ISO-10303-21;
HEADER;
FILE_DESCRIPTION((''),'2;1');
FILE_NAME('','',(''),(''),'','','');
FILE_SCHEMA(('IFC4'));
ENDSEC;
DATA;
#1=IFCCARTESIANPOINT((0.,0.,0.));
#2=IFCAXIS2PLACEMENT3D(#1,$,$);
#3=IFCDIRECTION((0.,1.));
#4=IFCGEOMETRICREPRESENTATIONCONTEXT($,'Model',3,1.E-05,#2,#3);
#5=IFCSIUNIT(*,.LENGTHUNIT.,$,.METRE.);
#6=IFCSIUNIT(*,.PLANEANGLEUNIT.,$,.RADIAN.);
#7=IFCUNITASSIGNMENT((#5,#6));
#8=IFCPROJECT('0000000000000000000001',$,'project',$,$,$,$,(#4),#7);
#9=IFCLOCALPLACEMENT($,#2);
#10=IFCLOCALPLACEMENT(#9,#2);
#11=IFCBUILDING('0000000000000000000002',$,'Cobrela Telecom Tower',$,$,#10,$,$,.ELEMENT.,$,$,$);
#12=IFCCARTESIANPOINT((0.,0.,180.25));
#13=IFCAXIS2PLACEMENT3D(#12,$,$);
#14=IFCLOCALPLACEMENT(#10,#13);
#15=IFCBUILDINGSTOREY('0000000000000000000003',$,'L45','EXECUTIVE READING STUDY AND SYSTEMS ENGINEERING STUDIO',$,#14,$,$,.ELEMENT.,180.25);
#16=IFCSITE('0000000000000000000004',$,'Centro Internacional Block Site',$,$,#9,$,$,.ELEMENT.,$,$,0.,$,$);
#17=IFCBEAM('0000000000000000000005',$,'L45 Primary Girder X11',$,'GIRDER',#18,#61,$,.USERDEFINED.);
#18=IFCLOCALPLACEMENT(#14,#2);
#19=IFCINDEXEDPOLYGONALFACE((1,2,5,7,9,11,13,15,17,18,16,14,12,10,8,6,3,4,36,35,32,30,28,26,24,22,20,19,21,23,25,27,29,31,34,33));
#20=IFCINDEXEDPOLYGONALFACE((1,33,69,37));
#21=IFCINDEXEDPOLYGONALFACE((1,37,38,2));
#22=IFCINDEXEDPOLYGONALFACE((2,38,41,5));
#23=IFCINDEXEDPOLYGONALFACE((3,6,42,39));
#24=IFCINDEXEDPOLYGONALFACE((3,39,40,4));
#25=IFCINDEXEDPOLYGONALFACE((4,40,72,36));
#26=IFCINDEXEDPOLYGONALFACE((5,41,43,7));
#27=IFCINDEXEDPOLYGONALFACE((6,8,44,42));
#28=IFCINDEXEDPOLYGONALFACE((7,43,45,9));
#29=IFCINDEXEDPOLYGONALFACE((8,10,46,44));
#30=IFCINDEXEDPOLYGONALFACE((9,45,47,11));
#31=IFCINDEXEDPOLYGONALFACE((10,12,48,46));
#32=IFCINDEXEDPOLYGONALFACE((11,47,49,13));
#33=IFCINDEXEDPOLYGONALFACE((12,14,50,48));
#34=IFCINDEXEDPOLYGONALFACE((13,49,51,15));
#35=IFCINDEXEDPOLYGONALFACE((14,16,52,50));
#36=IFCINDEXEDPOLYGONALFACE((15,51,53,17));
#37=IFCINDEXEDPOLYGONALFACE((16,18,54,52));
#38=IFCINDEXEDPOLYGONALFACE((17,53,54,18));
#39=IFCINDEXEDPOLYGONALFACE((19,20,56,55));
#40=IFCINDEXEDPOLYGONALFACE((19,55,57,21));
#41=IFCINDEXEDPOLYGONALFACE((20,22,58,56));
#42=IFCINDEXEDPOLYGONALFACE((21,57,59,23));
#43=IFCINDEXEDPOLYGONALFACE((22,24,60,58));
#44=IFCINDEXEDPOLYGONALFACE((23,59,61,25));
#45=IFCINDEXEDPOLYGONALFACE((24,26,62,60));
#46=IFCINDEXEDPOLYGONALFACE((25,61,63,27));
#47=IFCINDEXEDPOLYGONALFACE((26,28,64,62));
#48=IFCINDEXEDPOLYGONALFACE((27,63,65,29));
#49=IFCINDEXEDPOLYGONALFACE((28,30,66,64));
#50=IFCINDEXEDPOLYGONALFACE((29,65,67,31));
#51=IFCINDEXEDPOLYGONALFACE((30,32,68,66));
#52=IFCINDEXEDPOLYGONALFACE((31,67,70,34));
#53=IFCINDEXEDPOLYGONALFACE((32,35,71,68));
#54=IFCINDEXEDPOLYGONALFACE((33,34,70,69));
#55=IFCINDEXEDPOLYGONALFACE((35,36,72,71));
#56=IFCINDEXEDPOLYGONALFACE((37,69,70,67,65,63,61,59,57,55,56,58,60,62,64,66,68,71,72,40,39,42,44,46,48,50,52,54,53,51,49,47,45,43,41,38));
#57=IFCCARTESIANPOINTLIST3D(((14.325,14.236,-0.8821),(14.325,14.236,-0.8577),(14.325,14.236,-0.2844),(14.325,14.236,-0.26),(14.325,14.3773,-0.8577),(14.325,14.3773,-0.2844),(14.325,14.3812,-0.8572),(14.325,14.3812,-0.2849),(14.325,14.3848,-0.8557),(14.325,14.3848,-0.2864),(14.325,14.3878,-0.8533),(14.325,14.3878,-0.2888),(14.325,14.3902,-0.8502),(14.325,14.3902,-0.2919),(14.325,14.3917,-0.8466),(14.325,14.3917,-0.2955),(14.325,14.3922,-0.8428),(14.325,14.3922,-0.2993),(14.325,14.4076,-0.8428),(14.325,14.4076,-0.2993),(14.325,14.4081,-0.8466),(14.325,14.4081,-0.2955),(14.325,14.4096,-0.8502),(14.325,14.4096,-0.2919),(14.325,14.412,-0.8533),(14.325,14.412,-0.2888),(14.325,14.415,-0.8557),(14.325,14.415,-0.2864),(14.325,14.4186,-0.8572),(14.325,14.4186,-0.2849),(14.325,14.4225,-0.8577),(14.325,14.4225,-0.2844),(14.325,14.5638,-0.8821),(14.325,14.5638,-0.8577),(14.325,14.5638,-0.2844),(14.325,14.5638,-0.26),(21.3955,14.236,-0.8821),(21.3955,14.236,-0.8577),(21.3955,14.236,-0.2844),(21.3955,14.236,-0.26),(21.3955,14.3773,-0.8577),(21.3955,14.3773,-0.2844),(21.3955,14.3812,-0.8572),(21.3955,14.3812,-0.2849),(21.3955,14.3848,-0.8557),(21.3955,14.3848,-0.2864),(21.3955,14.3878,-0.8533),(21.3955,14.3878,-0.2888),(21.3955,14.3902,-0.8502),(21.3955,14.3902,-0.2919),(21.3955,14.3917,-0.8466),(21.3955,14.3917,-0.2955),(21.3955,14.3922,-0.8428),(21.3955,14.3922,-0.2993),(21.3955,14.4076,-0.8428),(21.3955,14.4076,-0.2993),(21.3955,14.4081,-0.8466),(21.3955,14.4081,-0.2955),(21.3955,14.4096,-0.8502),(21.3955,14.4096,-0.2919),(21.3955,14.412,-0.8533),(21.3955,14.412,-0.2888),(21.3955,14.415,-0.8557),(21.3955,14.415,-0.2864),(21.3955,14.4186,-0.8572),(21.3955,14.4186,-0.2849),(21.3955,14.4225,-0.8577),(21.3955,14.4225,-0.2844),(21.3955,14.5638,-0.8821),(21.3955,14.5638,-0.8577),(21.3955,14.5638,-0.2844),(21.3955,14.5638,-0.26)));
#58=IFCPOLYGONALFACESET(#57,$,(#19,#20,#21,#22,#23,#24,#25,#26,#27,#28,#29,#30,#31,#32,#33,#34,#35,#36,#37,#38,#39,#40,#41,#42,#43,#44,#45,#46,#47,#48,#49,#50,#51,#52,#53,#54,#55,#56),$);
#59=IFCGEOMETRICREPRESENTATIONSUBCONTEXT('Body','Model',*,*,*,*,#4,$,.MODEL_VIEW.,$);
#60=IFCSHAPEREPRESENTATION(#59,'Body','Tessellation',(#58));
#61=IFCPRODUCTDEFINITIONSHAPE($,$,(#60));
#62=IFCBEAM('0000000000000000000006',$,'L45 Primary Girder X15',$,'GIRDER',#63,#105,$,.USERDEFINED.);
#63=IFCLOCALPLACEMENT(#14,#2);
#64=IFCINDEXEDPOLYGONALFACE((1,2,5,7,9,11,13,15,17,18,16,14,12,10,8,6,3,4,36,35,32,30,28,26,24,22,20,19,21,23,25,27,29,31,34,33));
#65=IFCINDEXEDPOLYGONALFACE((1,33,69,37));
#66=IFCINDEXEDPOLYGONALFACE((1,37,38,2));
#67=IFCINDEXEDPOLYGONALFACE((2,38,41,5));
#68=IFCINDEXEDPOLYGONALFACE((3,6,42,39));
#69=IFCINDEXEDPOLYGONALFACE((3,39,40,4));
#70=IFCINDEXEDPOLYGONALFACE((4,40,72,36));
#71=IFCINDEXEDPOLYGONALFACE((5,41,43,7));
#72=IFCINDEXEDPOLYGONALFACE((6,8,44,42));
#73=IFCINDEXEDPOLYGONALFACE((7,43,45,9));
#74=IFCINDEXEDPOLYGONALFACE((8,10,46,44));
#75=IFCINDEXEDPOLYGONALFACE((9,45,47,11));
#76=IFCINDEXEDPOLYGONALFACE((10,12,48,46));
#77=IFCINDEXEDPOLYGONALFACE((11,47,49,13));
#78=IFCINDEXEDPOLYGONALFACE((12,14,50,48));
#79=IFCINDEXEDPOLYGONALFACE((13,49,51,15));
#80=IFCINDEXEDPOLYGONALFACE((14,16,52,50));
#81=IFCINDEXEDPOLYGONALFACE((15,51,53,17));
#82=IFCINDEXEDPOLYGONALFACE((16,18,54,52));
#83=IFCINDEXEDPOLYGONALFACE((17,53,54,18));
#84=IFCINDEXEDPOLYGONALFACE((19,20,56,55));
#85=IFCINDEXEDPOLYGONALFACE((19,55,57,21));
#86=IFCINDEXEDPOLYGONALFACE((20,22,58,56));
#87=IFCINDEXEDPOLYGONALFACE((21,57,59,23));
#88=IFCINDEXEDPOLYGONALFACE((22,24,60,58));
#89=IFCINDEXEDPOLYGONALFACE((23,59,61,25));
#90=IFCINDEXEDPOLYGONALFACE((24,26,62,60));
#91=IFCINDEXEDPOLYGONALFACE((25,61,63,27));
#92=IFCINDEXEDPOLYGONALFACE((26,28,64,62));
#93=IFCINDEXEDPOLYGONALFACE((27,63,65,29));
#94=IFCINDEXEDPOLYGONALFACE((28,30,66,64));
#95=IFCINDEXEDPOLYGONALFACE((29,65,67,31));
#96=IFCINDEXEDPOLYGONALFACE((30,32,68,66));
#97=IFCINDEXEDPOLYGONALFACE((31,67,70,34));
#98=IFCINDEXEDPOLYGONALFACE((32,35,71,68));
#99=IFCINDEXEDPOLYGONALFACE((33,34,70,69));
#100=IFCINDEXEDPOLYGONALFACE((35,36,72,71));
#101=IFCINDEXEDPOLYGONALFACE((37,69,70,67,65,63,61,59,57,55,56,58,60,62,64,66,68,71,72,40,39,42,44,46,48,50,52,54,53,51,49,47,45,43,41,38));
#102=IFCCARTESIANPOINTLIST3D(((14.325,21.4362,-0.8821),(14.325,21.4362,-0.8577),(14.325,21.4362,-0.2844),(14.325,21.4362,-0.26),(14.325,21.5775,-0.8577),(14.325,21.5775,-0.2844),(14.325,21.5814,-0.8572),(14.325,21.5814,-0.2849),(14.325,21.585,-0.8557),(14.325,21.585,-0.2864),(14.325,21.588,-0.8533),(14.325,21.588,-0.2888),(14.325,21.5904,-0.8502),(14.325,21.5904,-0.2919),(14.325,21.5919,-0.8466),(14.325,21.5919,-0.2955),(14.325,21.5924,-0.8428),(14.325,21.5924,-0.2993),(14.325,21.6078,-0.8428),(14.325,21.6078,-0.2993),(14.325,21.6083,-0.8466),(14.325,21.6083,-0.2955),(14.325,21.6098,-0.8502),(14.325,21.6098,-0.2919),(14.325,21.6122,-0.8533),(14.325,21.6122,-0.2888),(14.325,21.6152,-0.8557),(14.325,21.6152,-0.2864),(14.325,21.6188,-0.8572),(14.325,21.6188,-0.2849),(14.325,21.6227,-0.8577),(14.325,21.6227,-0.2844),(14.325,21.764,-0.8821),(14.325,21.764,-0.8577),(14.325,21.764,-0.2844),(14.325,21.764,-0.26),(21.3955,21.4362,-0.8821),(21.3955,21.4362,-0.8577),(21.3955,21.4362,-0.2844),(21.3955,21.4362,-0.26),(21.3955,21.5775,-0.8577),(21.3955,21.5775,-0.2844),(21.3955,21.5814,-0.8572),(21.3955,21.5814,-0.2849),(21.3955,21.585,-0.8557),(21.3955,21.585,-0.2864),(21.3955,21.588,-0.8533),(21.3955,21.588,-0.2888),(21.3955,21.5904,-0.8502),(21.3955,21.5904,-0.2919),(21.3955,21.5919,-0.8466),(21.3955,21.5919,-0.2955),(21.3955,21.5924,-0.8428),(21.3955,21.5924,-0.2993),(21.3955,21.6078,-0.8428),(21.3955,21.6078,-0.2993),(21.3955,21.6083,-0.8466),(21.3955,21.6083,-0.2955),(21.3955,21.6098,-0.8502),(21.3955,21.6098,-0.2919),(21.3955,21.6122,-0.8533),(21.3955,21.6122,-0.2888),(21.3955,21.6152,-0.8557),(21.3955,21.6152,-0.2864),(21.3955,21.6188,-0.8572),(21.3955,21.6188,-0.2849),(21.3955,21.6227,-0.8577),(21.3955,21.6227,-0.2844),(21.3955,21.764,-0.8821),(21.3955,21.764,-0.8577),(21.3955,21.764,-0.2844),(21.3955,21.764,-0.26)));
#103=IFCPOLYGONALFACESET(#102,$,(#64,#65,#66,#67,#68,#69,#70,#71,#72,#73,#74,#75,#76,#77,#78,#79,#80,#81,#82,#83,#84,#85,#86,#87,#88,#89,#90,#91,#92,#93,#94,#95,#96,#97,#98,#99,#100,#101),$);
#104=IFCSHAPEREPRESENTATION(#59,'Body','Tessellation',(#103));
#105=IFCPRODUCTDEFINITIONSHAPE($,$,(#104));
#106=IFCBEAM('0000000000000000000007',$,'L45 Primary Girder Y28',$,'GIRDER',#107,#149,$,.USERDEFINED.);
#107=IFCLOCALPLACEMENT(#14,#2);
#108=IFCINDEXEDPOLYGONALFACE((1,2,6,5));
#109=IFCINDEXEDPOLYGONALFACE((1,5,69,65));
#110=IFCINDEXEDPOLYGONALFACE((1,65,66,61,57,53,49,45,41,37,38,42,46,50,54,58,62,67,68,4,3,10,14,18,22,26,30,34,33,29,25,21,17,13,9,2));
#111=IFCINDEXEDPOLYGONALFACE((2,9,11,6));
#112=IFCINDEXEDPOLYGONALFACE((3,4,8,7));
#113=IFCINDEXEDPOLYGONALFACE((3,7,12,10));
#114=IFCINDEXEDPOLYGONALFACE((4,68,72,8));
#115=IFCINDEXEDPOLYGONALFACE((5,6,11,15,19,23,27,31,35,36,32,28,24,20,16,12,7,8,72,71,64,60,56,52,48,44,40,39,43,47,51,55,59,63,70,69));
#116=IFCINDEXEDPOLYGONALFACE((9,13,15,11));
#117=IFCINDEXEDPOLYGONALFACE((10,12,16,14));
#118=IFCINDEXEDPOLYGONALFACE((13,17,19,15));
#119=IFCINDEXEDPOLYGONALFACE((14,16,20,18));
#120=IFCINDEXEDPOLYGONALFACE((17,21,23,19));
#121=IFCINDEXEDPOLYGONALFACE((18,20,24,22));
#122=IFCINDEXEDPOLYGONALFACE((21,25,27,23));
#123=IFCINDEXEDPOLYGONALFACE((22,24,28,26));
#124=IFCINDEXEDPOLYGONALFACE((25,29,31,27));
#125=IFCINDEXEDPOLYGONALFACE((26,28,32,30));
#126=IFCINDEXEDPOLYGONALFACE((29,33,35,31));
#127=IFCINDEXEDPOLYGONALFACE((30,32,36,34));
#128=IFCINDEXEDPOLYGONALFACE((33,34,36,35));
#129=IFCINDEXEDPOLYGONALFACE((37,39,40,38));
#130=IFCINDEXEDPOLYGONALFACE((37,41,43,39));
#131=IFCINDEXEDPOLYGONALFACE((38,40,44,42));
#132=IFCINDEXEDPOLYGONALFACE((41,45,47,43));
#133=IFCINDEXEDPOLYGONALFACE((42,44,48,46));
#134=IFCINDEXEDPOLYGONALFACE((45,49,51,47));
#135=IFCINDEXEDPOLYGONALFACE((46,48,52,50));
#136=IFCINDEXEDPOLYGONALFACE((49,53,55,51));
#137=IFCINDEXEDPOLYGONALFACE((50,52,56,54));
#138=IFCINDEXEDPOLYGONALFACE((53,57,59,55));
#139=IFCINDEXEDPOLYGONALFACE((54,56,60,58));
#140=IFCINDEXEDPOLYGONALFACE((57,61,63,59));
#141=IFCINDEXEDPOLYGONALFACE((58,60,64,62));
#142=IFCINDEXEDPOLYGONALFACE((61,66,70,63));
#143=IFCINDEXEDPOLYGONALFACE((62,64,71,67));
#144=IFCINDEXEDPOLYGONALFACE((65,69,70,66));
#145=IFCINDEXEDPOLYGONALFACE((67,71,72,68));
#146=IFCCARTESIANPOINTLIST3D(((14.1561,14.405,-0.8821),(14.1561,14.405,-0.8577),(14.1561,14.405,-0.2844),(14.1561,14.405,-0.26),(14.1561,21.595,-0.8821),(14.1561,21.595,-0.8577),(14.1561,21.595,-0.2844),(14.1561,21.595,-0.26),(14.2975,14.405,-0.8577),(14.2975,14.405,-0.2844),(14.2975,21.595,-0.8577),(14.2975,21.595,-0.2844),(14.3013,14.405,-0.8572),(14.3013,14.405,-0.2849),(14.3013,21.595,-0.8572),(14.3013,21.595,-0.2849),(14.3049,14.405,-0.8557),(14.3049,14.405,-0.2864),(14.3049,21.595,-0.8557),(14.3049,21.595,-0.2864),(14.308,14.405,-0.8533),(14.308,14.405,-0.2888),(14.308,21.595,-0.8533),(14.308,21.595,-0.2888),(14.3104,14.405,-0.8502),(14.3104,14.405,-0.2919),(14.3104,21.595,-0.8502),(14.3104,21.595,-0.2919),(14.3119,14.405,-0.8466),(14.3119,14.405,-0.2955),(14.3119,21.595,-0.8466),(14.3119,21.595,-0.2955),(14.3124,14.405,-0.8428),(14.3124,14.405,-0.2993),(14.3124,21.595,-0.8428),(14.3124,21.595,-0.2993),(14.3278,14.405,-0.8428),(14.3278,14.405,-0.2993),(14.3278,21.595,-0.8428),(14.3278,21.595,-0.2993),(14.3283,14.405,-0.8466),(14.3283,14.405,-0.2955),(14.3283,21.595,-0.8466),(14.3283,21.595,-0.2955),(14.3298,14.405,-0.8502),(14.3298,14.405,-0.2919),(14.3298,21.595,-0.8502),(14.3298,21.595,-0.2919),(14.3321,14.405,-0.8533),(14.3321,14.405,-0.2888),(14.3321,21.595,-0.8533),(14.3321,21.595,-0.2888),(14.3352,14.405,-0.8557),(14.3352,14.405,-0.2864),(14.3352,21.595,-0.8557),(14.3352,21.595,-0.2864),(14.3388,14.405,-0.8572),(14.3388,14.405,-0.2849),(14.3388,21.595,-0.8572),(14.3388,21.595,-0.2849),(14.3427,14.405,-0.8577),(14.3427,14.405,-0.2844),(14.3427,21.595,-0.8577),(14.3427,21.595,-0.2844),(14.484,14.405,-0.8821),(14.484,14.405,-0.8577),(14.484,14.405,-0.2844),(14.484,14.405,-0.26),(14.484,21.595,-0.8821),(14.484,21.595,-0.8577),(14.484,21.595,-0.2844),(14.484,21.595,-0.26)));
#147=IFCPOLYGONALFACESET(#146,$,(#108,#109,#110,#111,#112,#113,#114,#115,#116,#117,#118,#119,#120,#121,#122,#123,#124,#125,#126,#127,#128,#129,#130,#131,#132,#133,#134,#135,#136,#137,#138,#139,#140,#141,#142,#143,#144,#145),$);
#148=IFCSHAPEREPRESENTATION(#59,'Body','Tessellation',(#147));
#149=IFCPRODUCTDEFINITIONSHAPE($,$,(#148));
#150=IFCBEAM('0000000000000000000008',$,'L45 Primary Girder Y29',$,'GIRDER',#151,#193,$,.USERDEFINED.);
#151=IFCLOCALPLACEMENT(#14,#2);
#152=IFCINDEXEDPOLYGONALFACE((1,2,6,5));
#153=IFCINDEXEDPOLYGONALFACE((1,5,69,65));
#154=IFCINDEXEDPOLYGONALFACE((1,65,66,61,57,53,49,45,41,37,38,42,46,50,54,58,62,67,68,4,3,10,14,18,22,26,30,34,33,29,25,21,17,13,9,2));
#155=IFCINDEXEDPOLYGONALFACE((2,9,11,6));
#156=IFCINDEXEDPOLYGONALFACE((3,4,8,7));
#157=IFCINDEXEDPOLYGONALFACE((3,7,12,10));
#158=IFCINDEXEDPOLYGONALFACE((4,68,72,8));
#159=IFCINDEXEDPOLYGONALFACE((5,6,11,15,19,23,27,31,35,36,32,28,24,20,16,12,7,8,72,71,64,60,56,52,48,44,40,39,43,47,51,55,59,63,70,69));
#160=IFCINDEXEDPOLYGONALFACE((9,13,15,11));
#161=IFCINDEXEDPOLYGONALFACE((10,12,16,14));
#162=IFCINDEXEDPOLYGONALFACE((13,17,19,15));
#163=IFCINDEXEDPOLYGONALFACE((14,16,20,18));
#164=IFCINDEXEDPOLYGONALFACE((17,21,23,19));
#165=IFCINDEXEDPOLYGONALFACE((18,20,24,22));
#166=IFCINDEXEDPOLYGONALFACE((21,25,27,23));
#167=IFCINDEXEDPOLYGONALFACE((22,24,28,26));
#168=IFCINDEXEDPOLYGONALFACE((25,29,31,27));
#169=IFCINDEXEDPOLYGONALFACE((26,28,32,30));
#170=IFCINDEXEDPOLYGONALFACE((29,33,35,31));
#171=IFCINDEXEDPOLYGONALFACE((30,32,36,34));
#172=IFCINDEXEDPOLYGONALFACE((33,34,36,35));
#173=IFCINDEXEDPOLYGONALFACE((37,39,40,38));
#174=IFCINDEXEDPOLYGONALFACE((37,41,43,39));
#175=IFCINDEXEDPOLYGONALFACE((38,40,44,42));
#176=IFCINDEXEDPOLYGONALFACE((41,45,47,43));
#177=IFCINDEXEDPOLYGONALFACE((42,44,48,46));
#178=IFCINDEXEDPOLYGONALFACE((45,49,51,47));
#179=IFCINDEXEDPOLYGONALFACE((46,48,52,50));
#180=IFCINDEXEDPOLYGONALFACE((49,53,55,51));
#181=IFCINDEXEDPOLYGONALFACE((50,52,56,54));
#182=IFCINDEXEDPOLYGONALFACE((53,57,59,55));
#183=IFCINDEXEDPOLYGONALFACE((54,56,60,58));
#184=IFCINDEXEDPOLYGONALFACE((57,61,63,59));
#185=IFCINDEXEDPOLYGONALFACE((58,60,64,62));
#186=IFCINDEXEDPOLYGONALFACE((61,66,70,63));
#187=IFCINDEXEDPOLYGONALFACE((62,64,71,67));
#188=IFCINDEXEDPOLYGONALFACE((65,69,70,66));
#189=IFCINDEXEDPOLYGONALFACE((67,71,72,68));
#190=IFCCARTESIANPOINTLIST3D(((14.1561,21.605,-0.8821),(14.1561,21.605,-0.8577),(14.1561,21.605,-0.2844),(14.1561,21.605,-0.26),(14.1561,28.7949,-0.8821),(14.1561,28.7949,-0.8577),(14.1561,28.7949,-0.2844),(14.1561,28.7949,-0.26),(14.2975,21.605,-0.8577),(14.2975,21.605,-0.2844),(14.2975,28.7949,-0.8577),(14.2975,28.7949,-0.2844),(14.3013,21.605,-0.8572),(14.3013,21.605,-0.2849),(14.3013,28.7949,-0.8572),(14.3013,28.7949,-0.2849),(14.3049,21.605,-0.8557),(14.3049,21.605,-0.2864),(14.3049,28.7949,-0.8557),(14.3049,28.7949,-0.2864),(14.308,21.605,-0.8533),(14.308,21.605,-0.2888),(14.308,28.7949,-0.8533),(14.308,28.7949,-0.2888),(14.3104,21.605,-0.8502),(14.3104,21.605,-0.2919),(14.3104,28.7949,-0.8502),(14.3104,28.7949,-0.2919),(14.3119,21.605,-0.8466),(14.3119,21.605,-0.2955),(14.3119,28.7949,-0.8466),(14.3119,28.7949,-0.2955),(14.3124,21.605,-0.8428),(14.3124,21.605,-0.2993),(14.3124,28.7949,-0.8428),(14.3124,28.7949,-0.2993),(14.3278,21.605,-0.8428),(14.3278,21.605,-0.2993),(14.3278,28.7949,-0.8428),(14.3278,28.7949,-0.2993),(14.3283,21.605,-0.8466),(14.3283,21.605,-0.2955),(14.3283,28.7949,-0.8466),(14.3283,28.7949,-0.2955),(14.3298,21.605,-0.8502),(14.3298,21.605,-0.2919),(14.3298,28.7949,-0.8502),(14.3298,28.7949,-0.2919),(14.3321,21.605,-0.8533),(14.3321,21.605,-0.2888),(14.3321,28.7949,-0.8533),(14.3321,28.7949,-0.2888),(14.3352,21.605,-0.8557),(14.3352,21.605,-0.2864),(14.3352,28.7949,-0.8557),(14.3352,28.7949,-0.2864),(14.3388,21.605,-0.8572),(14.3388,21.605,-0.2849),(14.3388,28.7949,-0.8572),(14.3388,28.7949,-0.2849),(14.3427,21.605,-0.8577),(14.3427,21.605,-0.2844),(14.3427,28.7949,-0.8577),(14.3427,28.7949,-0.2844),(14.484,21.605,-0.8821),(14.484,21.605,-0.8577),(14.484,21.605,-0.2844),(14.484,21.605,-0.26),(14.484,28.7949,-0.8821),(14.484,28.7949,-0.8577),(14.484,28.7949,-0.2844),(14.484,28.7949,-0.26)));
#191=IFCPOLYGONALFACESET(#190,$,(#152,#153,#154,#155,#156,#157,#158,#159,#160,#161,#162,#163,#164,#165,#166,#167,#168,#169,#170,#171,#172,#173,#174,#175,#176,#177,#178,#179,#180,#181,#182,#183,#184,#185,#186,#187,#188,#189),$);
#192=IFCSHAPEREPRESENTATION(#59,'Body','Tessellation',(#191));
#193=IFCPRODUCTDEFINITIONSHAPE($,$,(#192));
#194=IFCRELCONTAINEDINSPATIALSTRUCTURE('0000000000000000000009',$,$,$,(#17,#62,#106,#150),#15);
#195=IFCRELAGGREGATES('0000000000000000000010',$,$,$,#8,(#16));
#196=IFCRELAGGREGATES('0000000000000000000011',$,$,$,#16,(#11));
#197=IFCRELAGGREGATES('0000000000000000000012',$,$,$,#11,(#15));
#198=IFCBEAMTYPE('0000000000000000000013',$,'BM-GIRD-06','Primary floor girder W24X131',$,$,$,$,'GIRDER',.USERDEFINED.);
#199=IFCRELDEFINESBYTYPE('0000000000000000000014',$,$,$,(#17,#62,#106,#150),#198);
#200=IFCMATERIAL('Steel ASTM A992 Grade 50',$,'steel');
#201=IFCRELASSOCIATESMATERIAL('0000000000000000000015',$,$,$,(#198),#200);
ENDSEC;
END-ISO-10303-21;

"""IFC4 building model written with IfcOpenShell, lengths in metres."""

from ifc_helpers import new_model, si_unit, direction, frame, origin, origin_2d, place, context, subcontext, project, spatial, i_section, extrude, material, material_profile, profile_set, type_object, element, save


model = new_model("IFC4")

# Units and contexts
model_context = context("Model", 3, precision=1e-05, world=origin(), true_north=direction((0.0, 1.0)))
body_context = subcontext(model_context, "Body", "Model", "MODEL_VIEW")
ifc_project = project(units=[si_unit("LENGTHUNIT", "METRE"), si_unit("PLANEANGLEUNIT", "RADIAN")], contexts=[model_context])

# Site, building, storey
site_placement = place(None, origin())
site = spatial("IfcSite", under=ifc_project, at=site_placement, Name="Centro Internacional Block Site", CompositionType="ELEMENT", RefElevation=0.0)
building_placement = place(site_placement, origin())
building = spatial("IfcBuilding", under=site, at=building_placement, Name="Cobrela Telecom Tower", CompositionType="ELEMENT")
storey_placement = place(building_placement, frame((0.0, 0.0, 180.25)))
storey = spatial("IfcBuildingStorey", under=building, at=storey_placement, Name="L45", Description="EXECUTIVE READING STUDY AND SYSTEMS ENGINEERING STUDIO", CompositionType="ELEMENT", Elevation=180.25)

# Beams
ifc_material_1 = material(Name="Steel ASTM A992 Grade 50", Category="steel")
ifc_material_profile_1 = material_profile(ifc_material_1, i_section(OverallWidth=0.3279, OverallDepth=0.6221, WebThickness=0.0154, FlangeThickness=0.0244, FilletRadius=0.0149, at=origin_2d()), Name="W24X131")
ifc_profile_set_1 = profile_set([ifc_material_profile_1], Name="Steel ASTM A992 Grade 50")
beam_type_1 = type_object("IfcBeamType", Name="BM-GIRD-06", Description="Primary floor girder W24X131", ElementType="GIRDER", PredefinedType="USERDEFINED", material=ifc_profile_set_1)
for number, where, z_axis, x_axis, name in (
    (1, (14.325, 14.3999, -0.571), (1.0, 0.0, 0.0), (0.0, 1.0, 0.0), "L45 Primary Girder X11"),
    (2, (14.325, 21.6001, -0.571), (1.0, 0.0, 0.0), (0.0, 1.0, 0.0), "L45 Primary Girder X15"),
):
    element("IfcBeam", number, at=place(storey_placement, frame(where, z_axis=z_axis, x_axis=x_axis)), inside=storey, type_object=beam_type_1, Name=name, ObjectType="GIRDER", PredefinedType="USERDEFINED", context=body_context, shape_type="SweptSolid", body=[
        extrude(i_section(OverallWidth=0.3279, OverallDepth=0.6221, WebThickness=0.0154, FlangeThickness=0.0244, FilletRadius=0.0149, at=origin_2d()), origin(), (0.0, 0.0, 1.0), 7.0706),
    ])
for number, where, z_axis, x_axis, name in (
    (3, (14.3201, 14.405, -0.571), (0.0, 1.0, 0.0), (-1.0, 0.0, 0.0), "L45 Primary Girder Y28"),
    (4, (14.3201, 21.605, -0.571), (0.0, 1.0, 0.0), (-1.0, 0.0, 0.0), "L45 Primary Girder Y29"),
):
    element("IfcBeam", number, at=place(storey_placement, frame(where, z_axis=z_axis, x_axis=x_axis)), inside=storey, type_object=beam_type_1, Name=name, ObjectType="GIRDER", PredefinedType="USERDEFINED", context=body_context, shape_type="SweptSolid", body=[
        extrude(i_section(OverallWidth=0.3279, OverallDepth=0.6221, WebThickness=0.0154, FlangeThickness=0.0244, FilletRadius=0.0149, at=origin_2d()), origin(), (0.0, 0.0, 1.0), 7.1899),
    ])

save(model, "model.ifc")
